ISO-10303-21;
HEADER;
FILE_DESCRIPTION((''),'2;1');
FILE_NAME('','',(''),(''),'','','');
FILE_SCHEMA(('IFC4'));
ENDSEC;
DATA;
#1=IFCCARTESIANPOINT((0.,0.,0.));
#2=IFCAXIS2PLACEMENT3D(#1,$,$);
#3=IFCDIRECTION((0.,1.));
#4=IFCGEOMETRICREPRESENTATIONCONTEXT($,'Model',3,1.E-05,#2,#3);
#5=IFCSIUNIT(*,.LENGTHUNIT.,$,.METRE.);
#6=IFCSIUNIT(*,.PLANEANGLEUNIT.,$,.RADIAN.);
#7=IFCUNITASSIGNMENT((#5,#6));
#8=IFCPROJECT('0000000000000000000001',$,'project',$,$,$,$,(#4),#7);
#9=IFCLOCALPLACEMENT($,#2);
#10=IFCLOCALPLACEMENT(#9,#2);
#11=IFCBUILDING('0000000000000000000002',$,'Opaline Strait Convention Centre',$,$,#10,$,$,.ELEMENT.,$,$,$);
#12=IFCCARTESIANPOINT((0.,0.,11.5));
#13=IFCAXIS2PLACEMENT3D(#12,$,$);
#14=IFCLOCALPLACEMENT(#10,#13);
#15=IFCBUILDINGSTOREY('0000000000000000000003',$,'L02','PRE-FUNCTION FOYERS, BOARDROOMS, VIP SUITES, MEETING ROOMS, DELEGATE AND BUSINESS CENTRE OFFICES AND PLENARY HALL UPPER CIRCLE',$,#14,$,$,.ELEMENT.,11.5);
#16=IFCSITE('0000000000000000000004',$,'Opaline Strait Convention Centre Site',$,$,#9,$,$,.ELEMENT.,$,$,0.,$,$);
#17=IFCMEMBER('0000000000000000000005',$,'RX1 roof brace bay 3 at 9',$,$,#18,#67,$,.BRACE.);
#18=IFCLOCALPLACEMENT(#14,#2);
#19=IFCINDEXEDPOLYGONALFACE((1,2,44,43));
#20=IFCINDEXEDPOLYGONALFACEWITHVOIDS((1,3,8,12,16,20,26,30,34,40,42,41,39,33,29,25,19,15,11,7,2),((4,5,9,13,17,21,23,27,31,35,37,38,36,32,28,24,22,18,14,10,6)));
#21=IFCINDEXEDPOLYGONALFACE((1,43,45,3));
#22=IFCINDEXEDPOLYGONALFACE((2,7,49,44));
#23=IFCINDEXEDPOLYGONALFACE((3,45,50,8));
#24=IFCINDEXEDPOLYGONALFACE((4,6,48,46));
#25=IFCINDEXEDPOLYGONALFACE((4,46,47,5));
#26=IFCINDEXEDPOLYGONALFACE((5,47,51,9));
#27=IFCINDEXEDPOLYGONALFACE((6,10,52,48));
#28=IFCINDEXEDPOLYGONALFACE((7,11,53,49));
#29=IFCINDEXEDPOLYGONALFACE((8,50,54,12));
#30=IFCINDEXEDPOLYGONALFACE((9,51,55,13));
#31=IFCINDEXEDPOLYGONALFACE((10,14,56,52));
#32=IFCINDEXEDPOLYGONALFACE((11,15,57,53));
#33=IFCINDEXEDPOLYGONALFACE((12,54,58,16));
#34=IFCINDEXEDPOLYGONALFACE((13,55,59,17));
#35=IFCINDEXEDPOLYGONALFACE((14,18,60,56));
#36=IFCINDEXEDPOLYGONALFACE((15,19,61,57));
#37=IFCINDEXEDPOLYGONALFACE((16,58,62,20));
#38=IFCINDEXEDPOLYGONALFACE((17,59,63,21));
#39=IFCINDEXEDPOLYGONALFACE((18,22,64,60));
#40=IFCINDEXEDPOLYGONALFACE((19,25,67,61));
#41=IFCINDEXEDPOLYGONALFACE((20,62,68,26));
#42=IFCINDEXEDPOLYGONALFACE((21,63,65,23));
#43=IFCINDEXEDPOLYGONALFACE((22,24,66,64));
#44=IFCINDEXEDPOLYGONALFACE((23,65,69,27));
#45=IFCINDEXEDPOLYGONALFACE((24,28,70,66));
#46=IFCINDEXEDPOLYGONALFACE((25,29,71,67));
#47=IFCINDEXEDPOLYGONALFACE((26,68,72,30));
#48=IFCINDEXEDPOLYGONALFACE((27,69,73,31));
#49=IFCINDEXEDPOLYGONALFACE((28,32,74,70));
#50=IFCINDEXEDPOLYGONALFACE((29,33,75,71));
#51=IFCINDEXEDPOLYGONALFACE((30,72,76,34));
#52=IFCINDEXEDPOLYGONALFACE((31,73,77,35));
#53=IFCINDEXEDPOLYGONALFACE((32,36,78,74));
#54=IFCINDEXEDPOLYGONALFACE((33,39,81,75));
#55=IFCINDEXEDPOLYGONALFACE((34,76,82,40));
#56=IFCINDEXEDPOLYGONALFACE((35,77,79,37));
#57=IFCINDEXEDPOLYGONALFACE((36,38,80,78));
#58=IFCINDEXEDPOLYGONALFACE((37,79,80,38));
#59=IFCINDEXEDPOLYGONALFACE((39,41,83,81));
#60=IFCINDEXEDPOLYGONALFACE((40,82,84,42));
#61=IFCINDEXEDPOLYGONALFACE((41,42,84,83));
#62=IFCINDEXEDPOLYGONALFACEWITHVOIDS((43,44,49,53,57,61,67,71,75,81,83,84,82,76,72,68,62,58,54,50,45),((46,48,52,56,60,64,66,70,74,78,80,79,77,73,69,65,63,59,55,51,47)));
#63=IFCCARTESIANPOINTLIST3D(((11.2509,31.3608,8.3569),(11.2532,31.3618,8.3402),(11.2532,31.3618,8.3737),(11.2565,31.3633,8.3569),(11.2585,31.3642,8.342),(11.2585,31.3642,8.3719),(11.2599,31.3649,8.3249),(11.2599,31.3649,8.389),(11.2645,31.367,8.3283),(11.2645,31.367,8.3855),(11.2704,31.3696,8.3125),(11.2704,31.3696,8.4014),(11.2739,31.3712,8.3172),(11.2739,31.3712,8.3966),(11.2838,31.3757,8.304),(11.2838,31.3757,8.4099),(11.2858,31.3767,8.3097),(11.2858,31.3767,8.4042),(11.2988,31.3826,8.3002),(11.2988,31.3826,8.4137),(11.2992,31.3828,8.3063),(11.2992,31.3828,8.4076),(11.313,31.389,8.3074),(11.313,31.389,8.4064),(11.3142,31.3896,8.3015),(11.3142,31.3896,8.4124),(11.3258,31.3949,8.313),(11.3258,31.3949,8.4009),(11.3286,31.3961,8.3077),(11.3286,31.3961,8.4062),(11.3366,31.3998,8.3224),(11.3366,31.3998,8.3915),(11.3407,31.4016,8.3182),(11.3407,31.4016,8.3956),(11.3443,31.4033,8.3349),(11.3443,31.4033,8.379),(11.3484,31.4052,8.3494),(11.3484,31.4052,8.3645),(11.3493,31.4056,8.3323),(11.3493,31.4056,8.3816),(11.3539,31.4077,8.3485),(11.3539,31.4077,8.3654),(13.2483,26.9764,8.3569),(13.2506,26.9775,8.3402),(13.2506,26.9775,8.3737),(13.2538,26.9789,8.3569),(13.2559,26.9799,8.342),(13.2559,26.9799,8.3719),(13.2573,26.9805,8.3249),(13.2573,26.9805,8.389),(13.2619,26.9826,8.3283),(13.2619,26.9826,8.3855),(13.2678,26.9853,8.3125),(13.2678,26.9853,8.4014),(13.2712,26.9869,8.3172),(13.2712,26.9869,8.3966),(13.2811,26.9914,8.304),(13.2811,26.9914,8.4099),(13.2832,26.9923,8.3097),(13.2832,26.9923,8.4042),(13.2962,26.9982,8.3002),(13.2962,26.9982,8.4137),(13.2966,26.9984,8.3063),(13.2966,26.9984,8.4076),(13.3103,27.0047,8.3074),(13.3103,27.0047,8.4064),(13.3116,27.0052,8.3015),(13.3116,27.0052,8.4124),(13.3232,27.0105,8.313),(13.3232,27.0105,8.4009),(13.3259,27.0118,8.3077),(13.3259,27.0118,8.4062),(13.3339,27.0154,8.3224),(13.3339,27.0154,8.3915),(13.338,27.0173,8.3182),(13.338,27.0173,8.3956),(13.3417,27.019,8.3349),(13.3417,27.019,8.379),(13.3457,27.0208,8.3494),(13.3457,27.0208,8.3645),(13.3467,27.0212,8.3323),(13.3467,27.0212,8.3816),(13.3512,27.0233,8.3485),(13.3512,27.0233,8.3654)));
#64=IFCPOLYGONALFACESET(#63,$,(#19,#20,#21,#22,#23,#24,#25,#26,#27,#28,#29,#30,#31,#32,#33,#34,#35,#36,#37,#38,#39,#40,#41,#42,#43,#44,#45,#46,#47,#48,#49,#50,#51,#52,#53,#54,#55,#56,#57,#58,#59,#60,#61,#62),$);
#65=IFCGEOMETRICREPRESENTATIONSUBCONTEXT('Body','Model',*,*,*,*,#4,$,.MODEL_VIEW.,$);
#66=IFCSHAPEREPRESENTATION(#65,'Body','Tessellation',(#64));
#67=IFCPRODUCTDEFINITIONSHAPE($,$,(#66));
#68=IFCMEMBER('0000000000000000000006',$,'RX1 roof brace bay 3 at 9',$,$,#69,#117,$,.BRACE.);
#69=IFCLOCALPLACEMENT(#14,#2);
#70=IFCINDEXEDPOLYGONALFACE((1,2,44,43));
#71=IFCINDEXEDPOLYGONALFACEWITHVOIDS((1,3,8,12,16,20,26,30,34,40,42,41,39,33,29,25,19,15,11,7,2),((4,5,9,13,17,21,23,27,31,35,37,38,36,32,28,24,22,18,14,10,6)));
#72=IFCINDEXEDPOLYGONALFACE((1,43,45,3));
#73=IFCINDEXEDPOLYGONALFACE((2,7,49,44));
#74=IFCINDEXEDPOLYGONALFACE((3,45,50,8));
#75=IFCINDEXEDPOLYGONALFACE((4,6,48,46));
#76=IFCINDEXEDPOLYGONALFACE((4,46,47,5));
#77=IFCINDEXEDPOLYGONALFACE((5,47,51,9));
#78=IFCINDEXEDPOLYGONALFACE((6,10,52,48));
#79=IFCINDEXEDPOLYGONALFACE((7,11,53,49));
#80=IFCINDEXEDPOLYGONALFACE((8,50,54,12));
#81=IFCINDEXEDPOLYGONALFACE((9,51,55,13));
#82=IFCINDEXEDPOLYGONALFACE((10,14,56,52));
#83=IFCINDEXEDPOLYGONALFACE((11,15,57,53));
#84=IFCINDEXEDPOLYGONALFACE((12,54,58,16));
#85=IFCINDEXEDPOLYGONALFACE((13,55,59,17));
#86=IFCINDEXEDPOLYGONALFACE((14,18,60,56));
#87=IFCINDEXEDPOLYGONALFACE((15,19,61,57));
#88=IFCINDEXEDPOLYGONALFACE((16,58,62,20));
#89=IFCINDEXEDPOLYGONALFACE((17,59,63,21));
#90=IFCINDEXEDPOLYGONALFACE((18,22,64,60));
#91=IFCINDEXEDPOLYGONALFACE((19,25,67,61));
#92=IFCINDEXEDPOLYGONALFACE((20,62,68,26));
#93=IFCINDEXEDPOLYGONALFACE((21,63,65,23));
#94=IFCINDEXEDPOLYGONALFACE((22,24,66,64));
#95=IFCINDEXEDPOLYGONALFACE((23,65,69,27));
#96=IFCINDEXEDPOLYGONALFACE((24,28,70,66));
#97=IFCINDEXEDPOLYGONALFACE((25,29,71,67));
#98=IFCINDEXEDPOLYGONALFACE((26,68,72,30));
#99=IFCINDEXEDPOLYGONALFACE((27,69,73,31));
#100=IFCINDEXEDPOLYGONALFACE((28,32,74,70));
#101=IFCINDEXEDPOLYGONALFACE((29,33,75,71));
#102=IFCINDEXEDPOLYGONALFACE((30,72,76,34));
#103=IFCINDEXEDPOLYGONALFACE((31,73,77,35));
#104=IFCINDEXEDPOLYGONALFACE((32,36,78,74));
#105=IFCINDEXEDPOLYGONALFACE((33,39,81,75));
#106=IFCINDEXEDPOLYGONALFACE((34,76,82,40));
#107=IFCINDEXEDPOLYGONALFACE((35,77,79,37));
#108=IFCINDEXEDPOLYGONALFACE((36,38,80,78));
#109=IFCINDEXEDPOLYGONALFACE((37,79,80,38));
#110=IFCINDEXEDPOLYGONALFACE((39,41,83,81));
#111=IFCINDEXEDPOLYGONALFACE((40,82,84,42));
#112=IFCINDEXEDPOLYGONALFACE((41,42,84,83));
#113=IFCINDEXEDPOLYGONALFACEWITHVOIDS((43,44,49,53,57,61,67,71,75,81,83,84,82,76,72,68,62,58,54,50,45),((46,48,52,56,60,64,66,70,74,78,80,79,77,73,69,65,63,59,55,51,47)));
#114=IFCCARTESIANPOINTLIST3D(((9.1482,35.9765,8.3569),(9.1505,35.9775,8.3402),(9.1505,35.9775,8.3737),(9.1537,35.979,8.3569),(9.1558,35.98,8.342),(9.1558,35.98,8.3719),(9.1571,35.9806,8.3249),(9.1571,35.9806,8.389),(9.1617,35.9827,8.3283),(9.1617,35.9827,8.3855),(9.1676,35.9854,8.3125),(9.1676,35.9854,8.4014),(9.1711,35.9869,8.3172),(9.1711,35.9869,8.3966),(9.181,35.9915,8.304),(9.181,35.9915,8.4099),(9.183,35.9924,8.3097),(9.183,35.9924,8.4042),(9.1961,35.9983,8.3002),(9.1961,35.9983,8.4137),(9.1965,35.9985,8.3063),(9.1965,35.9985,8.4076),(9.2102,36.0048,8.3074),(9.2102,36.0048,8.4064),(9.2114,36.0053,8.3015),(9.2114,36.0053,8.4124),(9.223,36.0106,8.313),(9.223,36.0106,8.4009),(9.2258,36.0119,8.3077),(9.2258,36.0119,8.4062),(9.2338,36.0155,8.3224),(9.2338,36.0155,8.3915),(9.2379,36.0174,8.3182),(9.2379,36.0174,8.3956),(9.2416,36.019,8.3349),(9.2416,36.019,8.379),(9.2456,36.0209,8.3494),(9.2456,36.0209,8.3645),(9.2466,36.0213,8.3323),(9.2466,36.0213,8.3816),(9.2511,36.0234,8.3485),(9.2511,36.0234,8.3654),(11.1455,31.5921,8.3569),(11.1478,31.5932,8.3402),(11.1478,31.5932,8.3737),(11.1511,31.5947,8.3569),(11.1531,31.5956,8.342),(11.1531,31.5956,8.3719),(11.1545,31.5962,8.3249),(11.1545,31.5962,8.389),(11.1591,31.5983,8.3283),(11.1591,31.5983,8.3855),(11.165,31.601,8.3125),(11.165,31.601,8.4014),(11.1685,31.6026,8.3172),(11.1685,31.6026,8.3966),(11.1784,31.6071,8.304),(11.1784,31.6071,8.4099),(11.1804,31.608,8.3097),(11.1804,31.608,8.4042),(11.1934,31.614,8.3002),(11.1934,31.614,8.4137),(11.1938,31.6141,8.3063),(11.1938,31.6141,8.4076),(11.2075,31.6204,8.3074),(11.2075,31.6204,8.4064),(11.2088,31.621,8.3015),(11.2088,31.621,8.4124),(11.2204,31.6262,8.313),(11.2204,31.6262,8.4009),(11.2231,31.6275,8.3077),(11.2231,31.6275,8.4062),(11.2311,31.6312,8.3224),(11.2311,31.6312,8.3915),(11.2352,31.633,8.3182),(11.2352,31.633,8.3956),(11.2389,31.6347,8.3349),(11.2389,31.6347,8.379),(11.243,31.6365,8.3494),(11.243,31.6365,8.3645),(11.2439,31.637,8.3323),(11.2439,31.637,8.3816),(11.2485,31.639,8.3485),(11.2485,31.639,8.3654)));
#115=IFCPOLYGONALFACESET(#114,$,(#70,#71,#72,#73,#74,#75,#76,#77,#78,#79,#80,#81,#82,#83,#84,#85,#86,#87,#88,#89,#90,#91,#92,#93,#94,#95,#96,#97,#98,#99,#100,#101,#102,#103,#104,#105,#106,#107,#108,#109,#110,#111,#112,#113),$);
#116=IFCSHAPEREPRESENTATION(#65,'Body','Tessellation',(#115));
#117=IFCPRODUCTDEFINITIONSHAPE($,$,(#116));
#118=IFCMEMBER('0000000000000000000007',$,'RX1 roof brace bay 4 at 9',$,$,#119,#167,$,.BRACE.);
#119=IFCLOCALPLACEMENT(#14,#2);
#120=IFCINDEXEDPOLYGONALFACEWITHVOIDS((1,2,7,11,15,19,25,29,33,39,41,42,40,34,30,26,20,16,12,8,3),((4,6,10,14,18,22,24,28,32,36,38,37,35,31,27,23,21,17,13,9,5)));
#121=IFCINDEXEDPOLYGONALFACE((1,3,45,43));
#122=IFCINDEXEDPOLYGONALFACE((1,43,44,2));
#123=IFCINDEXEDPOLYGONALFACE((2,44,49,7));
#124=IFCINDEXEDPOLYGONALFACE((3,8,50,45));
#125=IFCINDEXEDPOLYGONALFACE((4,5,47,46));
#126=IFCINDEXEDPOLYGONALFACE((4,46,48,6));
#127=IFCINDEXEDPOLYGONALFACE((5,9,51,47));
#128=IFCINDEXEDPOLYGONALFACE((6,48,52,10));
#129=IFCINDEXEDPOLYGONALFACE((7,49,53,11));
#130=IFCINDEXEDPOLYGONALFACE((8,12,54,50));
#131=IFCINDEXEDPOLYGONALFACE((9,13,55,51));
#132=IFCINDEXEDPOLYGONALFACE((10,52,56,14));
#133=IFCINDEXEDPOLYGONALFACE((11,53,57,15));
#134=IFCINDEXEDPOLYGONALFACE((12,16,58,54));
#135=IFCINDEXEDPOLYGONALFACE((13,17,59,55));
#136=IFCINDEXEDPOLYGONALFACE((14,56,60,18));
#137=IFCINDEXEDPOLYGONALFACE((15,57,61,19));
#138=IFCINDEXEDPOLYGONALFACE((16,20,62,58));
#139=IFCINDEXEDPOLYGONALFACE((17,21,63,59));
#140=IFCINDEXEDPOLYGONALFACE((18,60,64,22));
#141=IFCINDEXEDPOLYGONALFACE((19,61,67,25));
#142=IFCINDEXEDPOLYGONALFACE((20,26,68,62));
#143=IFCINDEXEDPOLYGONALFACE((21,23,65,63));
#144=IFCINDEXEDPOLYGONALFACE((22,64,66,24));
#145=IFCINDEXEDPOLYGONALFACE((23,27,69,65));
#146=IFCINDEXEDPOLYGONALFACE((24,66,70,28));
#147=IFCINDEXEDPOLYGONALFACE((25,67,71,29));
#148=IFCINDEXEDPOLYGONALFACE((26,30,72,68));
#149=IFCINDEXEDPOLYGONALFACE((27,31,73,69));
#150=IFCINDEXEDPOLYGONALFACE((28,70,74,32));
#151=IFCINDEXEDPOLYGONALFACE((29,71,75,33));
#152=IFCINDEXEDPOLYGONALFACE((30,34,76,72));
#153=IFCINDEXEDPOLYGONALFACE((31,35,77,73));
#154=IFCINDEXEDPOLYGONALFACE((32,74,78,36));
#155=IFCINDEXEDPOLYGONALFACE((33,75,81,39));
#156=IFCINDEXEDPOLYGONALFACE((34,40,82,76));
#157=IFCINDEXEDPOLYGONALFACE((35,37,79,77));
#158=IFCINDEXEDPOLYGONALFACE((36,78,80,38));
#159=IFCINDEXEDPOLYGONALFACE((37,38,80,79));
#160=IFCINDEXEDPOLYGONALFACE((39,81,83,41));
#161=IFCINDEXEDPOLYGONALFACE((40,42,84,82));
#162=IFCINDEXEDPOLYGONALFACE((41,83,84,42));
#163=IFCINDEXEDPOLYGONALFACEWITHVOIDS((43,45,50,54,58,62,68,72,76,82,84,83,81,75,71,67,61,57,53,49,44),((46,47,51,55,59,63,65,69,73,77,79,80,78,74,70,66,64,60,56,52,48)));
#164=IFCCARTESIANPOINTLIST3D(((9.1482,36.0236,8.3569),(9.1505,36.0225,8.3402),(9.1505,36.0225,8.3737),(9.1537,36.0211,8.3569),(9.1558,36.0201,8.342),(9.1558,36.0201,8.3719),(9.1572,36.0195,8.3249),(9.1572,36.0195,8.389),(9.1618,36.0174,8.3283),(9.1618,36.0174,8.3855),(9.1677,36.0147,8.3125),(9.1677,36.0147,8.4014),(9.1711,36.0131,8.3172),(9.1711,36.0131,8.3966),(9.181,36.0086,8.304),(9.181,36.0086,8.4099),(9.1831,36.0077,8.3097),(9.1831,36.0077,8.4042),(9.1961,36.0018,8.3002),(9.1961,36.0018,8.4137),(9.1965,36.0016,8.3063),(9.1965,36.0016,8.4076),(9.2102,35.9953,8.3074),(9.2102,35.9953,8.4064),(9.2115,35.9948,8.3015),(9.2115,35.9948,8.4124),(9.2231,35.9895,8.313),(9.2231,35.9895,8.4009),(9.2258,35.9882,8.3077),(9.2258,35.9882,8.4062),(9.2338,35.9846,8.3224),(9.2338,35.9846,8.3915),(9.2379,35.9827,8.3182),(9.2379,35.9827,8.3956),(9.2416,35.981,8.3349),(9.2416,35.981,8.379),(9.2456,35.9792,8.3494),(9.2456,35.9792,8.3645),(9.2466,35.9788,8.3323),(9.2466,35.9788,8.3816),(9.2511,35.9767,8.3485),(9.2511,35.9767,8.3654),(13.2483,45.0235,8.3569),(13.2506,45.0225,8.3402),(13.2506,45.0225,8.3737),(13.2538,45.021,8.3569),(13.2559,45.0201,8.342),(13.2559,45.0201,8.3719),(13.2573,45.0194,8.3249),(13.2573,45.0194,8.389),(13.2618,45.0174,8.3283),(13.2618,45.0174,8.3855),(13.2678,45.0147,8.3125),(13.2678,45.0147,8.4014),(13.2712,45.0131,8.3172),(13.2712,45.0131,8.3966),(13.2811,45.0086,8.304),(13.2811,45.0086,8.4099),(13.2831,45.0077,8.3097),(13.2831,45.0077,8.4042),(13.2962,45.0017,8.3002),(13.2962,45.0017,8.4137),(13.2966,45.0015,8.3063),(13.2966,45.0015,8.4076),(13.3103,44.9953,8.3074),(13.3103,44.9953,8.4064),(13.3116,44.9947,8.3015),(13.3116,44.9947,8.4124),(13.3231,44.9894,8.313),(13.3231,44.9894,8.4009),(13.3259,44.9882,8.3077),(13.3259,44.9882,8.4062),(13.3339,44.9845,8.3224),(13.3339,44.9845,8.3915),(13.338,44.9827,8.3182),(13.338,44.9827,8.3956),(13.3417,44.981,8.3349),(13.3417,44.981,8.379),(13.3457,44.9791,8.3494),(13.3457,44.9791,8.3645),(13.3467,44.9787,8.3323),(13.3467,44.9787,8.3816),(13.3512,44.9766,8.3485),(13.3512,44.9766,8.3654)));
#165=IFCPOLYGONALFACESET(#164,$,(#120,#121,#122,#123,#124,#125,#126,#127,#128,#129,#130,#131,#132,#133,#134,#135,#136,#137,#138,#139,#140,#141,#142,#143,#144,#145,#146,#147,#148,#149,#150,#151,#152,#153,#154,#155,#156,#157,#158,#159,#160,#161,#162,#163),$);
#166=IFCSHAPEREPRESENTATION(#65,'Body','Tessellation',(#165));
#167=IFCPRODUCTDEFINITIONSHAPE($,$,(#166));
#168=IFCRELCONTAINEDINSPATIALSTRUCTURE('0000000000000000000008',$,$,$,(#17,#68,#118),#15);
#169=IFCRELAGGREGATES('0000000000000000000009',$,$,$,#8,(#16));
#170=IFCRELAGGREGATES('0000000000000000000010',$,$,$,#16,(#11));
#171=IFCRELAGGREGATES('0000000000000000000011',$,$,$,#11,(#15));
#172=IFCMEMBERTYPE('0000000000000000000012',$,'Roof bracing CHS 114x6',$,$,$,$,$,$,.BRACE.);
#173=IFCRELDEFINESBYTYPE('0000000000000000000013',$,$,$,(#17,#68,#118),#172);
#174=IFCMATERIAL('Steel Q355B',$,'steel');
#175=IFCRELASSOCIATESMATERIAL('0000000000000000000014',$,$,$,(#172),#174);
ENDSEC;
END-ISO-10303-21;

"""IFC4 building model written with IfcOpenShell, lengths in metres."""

from ifc_helpers import new_model, si_unit, direction, frame, origin, origin_2d, place, context, subcontext, project, spatial, hollow_circle, extrude, material, material_profile, profile_set, type_object, element, save


model = new_model("IFC4")

# Units and contexts
model_context = context("Model", 3, precision=1e-05, world=origin(), true_north=direction((0.0, 1.0)))
body_context = subcontext(model_context, "Body", "Model", "MODEL_VIEW")
ifc_project = project(units=[si_unit("LENGTHUNIT", "METRE"), si_unit("PLANEANGLEUNIT", "RADIAN")], contexts=[model_context])

# Site, building, storey
site_placement = place(None, origin())
site = spatial("IfcSite", under=ifc_project, at=site_placement, Name="Opaline Strait Convention Centre Site", CompositionType="ELEMENT", RefElevation=0.0)
building_placement = place(site_placement, origin())
building = spatial("IfcBuilding", under=site, at=building_placement, Name="Opaline Strait Convention Centre", CompositionType="ELEMENT")
storey_placement = place(building_placement, frame((0.0, 0.0, 11.5)))
storey = spatial("IfcBuildingStorey", under=building, at=storey_placement, Name="L02", Description="PRE-FUNCTION FOYERS, BOARDROOMS, VIP SUITES, MEETING ROOMS, DELEGATE AND BUSINESS CENTRE OFFICES AND PLENARY HALL UPPER CIRCLE", CompositionType="ELEMENT", Elevation=11.5)

# Shared definitions
ifc_material_1 = material(Name="Steel Q355B", Category="steel")

# Members
ifc_material_profile_1 = material_profile(ifc_material_1, hollow_circle(Radius=0.0569, WallThickness=0.0061, at=origin_2d()), Name="CHS 114x6")
ifc_profile_set_1 = profile_set([ifc_material_profile_1], Name="Steel Q355B")
member_type_1 = type_object("IfcMemberType", Name="Roof bracing CHS 114x6", PredefinedType="BRACE", material=ifc_profile_set_1)
for number, where, z_axis, x_axis, name in (
    (1, (13.3, 27.0, 8.3569), (-0.41457, 0.910017, 0.0), (-0.910017, -0.41457, 0.0), "RX1 roof brace bay 3 at 9"),
    (2, (11.1973, 31.6157, 8.3569), (-0.41457, 0.910017, 0.0), (-0.910017, -0.41457, 0.0), "RX1 roof brace bay 3 at 9"),
):
    element("IfcMember", number, at=place(storey_placement, frame(where, z_axis=z_axis, x_axis=x_axis)), inside=storey, type_object=member_type_1, Name=name, PredefinedType="BRACE", context=body_context, shape_type="SweptSolid", body=[
        extrude(hollow_circle(Radius=0.0569, WallThickness=0.0061, at=origin_2d()), origin(), (0.0, 0.0, 1.0), 4.8179),
    ])
member_1_placement = place(storey_placement, frame((9.2, 36.0, 8.3569), z_axis=(0.414573, 0.910016, 0.0), x_axis=(-0.910016, 0.414573, 0.0)))
element("IfcMember", 3, at=member_1_placement, inside=storey, type_object=member_type_1, Name="RX1 roof brace bay 4 at 9", PredefinedType="BRACE", context=body_context, shape_type="SweptSolid", body=[
    extrude(hollow_circle(Radius=0.0569, WallThickness=0.0061, at=origin_2d()), origin(), (0.0, 0.0, 1.0), 9.8899),
])

save(model, "model.ifc")
